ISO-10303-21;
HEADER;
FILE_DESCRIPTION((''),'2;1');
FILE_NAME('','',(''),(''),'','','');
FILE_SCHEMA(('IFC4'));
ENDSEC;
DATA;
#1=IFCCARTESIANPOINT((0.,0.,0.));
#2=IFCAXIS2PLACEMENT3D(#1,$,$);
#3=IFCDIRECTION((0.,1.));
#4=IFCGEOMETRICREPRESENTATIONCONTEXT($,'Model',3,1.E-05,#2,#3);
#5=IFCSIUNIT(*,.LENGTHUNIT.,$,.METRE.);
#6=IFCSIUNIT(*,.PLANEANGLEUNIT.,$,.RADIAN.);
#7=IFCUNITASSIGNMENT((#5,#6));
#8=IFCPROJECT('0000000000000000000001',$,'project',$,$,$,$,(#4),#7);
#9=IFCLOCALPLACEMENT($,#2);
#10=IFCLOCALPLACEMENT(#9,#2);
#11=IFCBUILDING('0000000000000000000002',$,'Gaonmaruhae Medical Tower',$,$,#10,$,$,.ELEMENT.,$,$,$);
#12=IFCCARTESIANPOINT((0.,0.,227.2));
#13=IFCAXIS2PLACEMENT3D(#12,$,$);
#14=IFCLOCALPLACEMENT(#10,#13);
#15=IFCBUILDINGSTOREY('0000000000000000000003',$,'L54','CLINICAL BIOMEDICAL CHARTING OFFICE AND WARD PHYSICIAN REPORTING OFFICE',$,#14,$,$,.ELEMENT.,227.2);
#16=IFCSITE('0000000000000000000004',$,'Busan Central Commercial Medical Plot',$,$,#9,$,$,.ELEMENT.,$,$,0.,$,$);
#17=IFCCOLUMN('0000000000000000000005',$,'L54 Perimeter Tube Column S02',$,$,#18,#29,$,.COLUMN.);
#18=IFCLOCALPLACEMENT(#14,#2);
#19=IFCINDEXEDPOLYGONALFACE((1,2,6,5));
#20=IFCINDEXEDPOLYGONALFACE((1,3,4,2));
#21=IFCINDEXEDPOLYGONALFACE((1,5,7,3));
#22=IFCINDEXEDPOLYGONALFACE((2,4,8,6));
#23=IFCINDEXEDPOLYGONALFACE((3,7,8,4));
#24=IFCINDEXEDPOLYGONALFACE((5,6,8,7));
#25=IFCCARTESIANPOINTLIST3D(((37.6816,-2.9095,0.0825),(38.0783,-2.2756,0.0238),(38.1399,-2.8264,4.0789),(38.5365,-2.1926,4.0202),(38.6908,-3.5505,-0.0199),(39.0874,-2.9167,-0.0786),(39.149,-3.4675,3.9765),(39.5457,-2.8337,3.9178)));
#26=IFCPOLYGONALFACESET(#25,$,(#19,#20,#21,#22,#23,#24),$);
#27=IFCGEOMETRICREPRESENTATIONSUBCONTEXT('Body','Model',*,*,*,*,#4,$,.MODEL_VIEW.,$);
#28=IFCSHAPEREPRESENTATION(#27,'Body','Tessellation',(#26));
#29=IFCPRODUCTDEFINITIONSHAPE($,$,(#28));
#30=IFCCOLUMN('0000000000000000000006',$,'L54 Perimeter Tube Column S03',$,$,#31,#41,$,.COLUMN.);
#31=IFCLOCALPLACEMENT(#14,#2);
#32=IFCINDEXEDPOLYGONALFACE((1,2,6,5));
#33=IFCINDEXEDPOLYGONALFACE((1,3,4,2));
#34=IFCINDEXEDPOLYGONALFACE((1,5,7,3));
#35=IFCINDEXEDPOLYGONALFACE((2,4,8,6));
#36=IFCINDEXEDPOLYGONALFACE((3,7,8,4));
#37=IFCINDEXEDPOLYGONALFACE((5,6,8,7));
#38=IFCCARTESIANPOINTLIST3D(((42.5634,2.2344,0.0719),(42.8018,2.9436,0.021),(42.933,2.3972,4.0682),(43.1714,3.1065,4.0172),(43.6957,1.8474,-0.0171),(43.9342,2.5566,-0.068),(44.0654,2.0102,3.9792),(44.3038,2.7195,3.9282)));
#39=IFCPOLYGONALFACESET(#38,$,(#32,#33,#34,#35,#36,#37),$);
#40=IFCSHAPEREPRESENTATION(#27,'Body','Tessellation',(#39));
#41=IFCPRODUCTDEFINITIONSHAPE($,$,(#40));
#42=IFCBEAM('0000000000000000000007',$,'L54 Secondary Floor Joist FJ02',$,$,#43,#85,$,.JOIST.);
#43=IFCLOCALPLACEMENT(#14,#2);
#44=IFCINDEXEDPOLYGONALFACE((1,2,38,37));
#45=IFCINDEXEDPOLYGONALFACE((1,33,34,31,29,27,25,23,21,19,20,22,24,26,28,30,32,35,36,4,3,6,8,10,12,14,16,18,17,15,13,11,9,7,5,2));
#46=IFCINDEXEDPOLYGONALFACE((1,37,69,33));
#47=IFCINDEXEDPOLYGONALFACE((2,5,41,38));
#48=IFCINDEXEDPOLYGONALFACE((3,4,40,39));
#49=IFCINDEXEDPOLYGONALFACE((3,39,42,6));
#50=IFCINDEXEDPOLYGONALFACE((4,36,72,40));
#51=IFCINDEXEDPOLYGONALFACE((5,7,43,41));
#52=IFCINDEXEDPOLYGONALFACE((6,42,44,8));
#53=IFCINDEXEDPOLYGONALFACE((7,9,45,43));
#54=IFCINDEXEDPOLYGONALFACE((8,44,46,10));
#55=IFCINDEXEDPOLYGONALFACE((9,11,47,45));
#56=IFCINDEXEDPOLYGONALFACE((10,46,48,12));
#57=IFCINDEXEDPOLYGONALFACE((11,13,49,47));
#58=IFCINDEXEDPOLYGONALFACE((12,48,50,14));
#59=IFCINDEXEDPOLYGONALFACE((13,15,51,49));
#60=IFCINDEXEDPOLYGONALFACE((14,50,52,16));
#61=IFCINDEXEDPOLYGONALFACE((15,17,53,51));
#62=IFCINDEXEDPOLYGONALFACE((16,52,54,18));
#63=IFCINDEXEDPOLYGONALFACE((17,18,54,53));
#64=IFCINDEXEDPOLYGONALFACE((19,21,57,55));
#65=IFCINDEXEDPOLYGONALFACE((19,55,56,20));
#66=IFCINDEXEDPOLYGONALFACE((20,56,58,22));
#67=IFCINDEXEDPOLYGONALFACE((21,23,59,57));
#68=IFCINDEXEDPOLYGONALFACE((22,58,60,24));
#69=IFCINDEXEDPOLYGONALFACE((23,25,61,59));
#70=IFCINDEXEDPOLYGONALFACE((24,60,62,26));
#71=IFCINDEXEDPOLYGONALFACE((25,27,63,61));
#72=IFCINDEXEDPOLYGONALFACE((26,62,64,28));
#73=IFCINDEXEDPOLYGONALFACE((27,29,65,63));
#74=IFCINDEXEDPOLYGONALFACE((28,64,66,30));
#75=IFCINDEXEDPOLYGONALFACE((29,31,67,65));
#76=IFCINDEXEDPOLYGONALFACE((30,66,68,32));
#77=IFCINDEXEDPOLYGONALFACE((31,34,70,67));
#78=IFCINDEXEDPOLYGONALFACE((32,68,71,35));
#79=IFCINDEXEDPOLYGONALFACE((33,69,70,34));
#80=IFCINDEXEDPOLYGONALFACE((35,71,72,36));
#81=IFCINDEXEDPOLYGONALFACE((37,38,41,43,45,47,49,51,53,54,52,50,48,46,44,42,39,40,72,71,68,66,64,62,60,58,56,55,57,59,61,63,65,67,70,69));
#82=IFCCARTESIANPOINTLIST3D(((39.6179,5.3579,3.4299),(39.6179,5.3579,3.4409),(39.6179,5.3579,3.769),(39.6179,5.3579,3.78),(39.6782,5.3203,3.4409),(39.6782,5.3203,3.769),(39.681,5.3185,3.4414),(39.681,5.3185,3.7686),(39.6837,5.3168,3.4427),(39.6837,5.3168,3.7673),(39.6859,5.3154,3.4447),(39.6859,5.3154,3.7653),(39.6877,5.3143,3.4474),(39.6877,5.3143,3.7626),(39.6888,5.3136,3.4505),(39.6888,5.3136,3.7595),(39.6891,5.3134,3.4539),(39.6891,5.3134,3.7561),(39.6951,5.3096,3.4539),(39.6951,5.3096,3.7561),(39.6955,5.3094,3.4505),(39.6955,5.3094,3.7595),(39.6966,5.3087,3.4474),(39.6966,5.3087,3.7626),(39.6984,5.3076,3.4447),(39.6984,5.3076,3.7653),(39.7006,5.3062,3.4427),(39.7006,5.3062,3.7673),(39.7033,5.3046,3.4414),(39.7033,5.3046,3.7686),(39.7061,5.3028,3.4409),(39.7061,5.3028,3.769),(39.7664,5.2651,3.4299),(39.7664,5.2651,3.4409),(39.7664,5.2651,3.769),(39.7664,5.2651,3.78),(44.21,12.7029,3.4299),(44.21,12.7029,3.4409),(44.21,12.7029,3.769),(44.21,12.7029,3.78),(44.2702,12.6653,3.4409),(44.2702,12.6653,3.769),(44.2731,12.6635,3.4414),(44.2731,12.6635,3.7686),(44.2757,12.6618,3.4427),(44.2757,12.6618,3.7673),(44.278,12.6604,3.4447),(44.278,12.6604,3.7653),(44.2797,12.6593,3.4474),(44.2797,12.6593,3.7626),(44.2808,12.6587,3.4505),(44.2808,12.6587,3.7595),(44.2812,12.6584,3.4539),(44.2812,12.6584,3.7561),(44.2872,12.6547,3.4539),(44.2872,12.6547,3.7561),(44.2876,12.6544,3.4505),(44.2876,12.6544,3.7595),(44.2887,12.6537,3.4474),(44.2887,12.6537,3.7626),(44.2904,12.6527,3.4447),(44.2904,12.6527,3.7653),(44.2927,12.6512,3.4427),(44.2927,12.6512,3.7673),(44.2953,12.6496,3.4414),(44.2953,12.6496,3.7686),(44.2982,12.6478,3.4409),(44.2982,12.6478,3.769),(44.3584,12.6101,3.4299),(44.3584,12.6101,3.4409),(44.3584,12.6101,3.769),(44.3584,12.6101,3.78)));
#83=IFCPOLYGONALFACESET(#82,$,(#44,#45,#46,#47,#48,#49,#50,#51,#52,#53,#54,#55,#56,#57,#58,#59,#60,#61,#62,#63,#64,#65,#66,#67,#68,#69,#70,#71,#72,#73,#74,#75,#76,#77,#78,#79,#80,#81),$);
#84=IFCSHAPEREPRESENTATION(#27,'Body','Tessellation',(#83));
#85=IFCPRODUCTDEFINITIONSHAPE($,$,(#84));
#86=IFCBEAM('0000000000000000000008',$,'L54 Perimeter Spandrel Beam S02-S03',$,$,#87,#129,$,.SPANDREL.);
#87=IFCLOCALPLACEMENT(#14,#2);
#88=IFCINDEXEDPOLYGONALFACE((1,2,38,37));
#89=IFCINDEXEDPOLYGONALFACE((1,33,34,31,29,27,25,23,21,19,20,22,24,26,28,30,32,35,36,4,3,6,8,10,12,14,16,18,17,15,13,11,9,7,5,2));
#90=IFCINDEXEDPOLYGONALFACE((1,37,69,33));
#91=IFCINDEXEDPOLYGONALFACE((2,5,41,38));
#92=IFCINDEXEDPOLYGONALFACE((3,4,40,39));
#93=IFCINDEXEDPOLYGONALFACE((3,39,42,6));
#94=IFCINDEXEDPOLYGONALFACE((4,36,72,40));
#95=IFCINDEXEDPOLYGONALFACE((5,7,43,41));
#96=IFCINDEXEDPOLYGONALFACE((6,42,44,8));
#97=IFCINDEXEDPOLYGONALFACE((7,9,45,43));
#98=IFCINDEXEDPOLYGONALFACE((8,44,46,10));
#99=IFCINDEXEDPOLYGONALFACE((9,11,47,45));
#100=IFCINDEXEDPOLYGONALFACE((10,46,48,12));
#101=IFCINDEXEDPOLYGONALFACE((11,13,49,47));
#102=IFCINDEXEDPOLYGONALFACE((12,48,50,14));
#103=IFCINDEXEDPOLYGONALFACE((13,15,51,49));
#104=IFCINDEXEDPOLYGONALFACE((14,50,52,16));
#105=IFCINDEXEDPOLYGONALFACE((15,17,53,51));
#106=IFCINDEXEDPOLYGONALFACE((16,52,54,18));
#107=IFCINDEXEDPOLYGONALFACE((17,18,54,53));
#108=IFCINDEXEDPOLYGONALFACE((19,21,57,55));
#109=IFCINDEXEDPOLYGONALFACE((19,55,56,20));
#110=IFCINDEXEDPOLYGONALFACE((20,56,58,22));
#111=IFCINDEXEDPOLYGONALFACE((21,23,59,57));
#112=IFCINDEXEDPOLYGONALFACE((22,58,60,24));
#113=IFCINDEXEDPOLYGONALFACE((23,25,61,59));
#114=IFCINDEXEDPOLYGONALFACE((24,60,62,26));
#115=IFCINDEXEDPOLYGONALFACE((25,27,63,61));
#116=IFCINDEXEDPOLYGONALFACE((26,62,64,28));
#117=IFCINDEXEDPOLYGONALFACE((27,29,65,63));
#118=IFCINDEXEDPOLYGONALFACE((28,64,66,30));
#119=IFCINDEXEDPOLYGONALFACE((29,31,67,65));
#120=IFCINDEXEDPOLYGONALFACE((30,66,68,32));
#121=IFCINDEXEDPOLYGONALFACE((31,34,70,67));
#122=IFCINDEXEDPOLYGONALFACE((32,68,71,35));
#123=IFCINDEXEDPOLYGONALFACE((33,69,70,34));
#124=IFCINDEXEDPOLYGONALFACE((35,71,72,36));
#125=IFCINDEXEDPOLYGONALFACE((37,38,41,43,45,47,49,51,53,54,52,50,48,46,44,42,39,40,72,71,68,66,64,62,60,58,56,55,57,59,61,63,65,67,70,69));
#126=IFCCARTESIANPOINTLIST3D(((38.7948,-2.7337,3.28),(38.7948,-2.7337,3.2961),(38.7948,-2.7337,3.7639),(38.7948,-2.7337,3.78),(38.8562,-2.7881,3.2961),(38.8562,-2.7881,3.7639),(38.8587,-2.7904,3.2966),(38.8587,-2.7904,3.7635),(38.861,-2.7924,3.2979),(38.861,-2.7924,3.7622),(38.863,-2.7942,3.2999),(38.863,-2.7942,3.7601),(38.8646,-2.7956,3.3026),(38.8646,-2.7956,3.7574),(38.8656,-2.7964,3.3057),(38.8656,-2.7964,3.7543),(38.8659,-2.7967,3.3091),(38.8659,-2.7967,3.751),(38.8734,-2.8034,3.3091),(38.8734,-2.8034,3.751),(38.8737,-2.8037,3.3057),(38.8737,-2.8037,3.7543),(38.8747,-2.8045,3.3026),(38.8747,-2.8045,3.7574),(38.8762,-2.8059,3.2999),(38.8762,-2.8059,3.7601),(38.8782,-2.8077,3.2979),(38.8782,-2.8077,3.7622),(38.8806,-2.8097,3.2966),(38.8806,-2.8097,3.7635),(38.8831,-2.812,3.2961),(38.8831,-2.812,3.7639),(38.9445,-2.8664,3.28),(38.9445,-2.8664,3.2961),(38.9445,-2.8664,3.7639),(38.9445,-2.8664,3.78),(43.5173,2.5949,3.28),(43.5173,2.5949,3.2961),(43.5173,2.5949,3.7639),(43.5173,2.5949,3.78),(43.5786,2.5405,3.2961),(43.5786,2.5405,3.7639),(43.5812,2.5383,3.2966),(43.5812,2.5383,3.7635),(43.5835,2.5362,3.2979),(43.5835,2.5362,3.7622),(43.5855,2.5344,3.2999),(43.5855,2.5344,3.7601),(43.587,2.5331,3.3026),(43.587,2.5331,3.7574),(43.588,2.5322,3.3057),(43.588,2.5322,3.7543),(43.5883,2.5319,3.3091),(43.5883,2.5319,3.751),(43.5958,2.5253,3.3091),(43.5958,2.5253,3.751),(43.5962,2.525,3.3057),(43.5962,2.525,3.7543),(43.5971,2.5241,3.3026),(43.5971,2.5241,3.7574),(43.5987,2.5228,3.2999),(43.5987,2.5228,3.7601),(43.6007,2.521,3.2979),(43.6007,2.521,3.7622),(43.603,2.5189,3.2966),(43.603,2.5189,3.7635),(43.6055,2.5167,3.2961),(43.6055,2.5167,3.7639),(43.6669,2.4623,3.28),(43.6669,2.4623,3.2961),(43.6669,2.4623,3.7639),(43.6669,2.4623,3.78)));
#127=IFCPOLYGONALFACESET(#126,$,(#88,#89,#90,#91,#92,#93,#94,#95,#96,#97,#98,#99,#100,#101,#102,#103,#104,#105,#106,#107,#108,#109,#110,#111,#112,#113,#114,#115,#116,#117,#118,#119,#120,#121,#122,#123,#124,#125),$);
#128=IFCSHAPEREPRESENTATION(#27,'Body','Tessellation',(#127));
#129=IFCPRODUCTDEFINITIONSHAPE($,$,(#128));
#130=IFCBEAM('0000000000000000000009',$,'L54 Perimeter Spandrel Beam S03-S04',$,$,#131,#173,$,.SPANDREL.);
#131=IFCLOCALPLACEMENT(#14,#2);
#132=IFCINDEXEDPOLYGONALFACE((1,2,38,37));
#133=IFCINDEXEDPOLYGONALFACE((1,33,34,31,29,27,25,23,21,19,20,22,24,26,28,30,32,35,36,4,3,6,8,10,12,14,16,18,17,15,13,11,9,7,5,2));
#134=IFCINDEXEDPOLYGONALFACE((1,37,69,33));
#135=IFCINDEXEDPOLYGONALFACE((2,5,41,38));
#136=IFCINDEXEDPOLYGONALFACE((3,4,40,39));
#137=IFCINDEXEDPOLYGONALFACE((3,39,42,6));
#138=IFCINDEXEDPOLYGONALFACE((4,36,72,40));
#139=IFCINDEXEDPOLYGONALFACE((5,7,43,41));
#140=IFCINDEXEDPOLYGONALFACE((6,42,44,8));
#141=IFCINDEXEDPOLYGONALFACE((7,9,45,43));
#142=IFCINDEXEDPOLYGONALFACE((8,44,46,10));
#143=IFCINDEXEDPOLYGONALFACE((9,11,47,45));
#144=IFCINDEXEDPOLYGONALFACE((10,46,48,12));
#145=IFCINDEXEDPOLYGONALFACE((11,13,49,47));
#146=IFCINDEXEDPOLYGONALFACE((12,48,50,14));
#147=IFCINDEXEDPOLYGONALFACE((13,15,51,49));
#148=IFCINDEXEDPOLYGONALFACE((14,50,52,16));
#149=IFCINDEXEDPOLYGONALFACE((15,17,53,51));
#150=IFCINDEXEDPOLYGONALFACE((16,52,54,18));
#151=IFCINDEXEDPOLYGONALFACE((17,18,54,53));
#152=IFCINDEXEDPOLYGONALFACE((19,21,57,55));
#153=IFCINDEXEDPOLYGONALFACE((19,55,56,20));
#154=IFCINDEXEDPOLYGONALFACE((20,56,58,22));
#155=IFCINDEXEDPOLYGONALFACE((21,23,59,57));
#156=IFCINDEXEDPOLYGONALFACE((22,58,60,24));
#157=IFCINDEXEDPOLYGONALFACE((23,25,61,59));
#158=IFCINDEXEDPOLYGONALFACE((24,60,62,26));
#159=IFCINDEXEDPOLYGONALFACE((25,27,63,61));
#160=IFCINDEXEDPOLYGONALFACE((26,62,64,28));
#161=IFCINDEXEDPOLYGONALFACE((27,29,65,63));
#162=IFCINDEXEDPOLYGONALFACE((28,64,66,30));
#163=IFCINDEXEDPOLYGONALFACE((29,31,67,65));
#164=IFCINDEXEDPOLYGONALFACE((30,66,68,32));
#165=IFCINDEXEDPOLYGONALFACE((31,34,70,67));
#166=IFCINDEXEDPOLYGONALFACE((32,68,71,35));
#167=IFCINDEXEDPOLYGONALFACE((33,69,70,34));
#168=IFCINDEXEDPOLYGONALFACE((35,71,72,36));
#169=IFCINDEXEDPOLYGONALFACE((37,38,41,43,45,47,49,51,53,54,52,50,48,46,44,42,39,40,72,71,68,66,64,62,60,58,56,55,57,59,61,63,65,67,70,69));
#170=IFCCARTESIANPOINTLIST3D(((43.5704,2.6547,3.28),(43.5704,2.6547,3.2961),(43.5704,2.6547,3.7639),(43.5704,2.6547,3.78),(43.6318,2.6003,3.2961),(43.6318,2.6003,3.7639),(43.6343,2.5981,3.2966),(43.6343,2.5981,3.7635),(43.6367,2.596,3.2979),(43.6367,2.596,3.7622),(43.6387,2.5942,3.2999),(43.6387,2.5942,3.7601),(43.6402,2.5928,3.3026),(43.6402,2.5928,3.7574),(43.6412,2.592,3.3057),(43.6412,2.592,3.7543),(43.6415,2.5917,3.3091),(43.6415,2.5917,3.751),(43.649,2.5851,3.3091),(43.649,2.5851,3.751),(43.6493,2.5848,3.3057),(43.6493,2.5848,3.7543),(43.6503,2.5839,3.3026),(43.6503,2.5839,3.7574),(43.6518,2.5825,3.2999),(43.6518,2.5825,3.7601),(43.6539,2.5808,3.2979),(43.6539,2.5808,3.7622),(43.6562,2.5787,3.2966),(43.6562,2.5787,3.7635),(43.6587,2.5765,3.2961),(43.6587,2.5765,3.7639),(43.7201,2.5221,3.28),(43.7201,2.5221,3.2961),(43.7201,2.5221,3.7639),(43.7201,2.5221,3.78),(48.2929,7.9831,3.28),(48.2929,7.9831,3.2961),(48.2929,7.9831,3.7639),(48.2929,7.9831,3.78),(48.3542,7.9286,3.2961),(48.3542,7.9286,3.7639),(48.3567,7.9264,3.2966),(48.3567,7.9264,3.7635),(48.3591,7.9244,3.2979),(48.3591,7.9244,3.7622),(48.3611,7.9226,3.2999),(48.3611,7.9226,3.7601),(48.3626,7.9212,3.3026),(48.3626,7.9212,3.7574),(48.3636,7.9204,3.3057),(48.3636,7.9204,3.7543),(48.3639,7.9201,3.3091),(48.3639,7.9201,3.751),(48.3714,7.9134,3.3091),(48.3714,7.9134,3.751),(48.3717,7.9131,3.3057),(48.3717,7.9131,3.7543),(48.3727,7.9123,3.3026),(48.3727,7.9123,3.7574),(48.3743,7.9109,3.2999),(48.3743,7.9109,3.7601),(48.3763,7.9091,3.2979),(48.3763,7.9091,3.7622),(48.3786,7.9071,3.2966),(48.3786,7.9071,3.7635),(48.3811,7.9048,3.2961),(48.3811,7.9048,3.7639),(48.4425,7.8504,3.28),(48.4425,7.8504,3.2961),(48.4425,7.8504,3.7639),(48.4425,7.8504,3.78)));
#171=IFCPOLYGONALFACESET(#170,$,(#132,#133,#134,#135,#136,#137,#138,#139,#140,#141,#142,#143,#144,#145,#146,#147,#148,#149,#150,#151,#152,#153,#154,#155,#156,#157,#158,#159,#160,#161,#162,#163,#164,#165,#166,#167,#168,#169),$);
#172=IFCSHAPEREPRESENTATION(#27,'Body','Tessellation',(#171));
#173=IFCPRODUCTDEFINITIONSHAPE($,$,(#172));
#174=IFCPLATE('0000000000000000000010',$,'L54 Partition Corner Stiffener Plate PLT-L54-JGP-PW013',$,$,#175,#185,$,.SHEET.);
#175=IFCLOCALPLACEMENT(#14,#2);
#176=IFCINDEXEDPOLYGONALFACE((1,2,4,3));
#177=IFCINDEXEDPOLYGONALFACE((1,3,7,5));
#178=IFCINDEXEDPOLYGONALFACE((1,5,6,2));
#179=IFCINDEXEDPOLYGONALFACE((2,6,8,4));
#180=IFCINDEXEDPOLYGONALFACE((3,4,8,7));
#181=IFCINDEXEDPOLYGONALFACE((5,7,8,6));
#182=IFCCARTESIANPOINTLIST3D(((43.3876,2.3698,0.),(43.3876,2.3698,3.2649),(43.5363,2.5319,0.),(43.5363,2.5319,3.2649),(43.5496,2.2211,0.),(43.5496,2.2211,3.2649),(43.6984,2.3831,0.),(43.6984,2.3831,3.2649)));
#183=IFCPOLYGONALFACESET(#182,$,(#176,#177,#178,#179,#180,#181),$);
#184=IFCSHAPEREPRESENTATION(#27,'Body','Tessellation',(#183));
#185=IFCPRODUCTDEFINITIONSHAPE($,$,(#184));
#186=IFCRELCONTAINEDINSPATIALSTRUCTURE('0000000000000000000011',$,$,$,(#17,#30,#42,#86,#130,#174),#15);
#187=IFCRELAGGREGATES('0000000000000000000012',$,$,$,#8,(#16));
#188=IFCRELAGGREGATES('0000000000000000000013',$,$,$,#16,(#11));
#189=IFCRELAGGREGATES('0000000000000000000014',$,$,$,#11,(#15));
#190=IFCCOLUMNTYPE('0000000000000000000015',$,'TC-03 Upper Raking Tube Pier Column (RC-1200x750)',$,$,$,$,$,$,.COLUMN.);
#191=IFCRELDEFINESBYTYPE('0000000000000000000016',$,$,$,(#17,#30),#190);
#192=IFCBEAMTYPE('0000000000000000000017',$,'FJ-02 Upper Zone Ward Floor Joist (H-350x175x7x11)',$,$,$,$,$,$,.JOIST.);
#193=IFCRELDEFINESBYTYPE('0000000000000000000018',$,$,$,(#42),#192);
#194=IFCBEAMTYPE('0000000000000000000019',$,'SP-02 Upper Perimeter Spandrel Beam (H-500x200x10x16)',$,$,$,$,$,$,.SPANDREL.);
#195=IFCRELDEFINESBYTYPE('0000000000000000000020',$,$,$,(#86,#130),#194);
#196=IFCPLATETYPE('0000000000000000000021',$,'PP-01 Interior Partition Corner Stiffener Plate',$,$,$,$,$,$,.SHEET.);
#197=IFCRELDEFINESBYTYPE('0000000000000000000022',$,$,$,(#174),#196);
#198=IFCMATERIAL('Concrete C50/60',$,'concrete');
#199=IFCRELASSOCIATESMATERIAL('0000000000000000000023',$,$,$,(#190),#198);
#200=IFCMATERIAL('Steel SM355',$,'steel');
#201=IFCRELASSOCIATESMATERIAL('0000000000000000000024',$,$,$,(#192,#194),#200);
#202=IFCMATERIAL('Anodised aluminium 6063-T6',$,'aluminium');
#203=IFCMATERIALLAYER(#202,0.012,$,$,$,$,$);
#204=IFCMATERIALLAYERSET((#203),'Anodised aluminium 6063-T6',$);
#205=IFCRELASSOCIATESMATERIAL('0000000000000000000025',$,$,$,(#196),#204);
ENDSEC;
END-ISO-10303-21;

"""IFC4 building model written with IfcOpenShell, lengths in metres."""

from ifc_helpers import new_model, si_unit, direction, frame, origin, origin_2d, place, context, subcontext, project, spatial, rectangle, i_section, extrude, material, layer, layer_set, material_profile, profile_set, type_object, element, save


model = new_model("IFC4")

# Units and contexts
model_context = context("Model", 3, precision=1e-05, world=origin(), true_north=direction((0.0, 1.0)))
body_context = subcontext(model_context, "Body", "Model", "MODEL_VIEW")
ifc_project = project(units=[si_unit("LENGTHUNIT", "METRE"), si_unit("PLANEANGLEUNIT", "RADIAN")], contexts=[model_context])

# Site, building, storey
site_placement = place(None, origin())
site = spatial("IfcSite", under=ifc_project, at=site_placement, Name="Busan Central Commercial Medical Plot", CompositionType="ELEMENT", RefElevation=0.0)
building_placement = place(site_placement, origin())
building = spatial("IfcBuilding", under=site, at=building_placement, Name="Gaonmaruhae Medical Tower", CompositionType="ELEMENT")
storey_placement = place(building_placement, frame((0.0, 0.0, 227.2)))
storey = spatial("IfcBuildingStorey", under=building, at=storey_placement, Name="L54", Description="CLINICAL BIOMEDICAL CHARTING OFFICE AND WARD PHYSICIAN REPORTING OFFICE", CompositionType="ELEMENT", Elevation=227.2)

# Columns
ifc_material_1 = material(Name="Concrete C50/60", Category="concrete")
ifc_material_profile_1 = material_profile(ifc_material_1, rectangle(XDim=1.2, YDim=0.75, at=origin_2d()), Name="RC-1200x750")
ifc_profile_set_1 = profile_set([ifc_material_profile_1], Name="Concrete C50/60")
column_type = type_object("IfcColumnType", Name="TC-03 Upper Raking Tube Pier Column (RC-1200x750)", PredefinedType="COLUMN", material=ifc_profile_set_1)
column_1_placement = place(storey_placement, frame((38.3845, -2.9131, 0.002), z_axis=(0.113897, 0.020631, 0.993278), x_axis=(-0.841012, 0.534243, 0.08534)))
element("IfcColumn", 1, at=column_1_placement, inside=storey, type_object=column_type, Name="L54 Perimeter Tube Column S02", PredefinedType="COLUMN", context=body_context, shape_type="SweptSolid", body=[
    extrude(rectangle(XDim=1.2, YDim=0.75, at=origin_2d()), origin(), (0.0, 0.0, 1.0), 4.0234),
])
column_2_placement = place(storey_placement, frame((43.2488, 2.3955, 0.002), z_axis=(0.092023, 0.040541, 0.994931), x_axis=(-0.943657, 0.322514, 0.074139)))
element("IfcColumn", 2, at=column_2_placement, inside=storey, type_object=column_type, Name="L54 Perimeter Tube Column S03", PredefinedType="COLUMN", context=body_context, shape_type="SweptSolid", body=[
    extrude(rectangle(XDim=1.2, YDim=0.75, at=origin_2d()), origin(), (0.0, 0.0, 1.0), 4.0166),
])

# Beams
ifc_material_2 = material(Name="Steel SM355", Category="steel")
ifc_material_profile_2 = material_profile(ifc_material_2, i_section(OverallWidth=0.175, OverallDepth=0.3501, WebThickness=0.0071, FlangeThickness=0.011, FilletRadius=0.0129, at=origin_2d()), Name="H-350x175x7x11")
ifc_profile_set_2 = profile_set([ifc_material_profile_2], Name="Steel SM355")
beam_type_1 = type_object("IfcBeamType", Name="FJ-02 Upper Zone Ward Floor Joist (H-350x175x7x11)", PredefinedType="JOIST", material=ifc_profile_set_2)
beam_1_placement = place(storey_placement, frame((39.6921, 5.3115, 3.605), z_axis=(0.530118, 0.847924, 0.0), x_axis=(-0.847924, 0.530118, 0.0)))
element("IfcBeam", 3, at=beam_1_placement, inside=storey, type_object=beam_type_1, Name="L54 Secondary Floor Joist FJ02", PredefinedType="JOIST", context=body_context, shape_type="SweptSolid", body=[
    extrude(i_section(OverallWidth=0.175, OverallDepth=0.3501, WebThickness=0.0071, FlangeThickness=0.011, FilletRadius=0.0129, at=origin_2d()), origin(), (0.0, 0.0, 1.0), 8.6624),
])
ifc_material_profile_3 = material_profile(ifc_material_2, i_section(OverallWidth=0.2, OverallDepth=0.5, WebThickness=0.01, FlangeThickness=0.0161, FilletRadius=0.0129, at=origin_2d()), Name="H-500x200x10x16")
ifc_profile_set_3 = profile_set([ifc_material_profile_3], Name="Steel SM355")
beam_type_2 = type_object("IfcBeamType", Name="SP-02 Upper Perimeter Spandrel Beam (H-500x200x10x16)", PredefinedType="SPANDREL", material=ifc_profile_set_3)
beam_2_placement = place(storey_placement, frame((38.8696, -2.8, 3.53), z_axis=(0.663254, 0.748394, 0.0), x_axis=(-0.748394, 0.663254, 0.0)))
element("IfcBeam", 4, at=beam_2_placement, inside=storey, type_object=beam_type_2, Name="L54 Perimeter Spandrel Beam S02-S03", PredefinedType="SPANDREL", context=body_context, shape_type="SweptSolid", body=[
    extrude(i_section(OverallWidth=0.2, OverallDepth=0.5, WebThickness=0.01, FlangeThickness=0.0161, FilletRadius=0.0129, at=origin_2d()), origin(), (0.0, 0.0, 1.0), 7.1201),
])
beam_3_placement = place(storey_placement, frame((43.6453, 2.5884, 3.53), z_axis=(0.663271, 0.748379, 0.0), x_axis=(-0.748379, 0.663271, 0.0)))
element("IfcBeam", 5, at=beam_3_placement, inside=storey, type_object=beam_type_2, Name="L54 Perimeter Spandrel Beam S03-S04", PredefinedType="SPANDREL", context=body_context, shape_type="SweptSolid", body=[
    extrude(i_section(OverallWidth=0.2, OverallDepth=0.5, WebThickness=0.01, FlangeThickness=0.0161, FilletRadius=0.0129, at=origin_2d()), origin(), (0.0, 0.0, 1.0), 7.1199),
])

# Plate
ifc_material_3 = material(Name="Anodised aluminium 6063-T6", Category="aluminium")
ifc_layer_1 = layer(ifc_material_3, 0.012)
ifc_layer_set_1 = layer_set([ifc_layer_1], Name="Anodised aluminium 6063-T6")
plate_type = type_object("IfcPlateType", Name="PP-01 Interior Partition Corner Stiffener Plate", PredefinedType="SHEET", material=ifc_layer_set_1)
plate_1_placement = place(storey_placement, frame((43.543, 2.3765, 0.0), z_axis=(0.0, 0.0, 1.0), x_axis=(-0.676246, -0.736676, 0.0)))
element("IfcPlate", 6, at=plate_1_placement, inside=storey, type_object=plate_type, Name="L54 Partition Corner Stiffener Plate PLT-L54-JGP-PW013", PredefinedType="SHEET", context=body_context, shape_type="SweptSolid", body=[
    extrude(rectangle(XDim=0.22, YDim=0.22, at=origin_2d()), origin(), (0.0, 0.0, 1.0), 3.2649),
])

save(model, "model.ifc")
